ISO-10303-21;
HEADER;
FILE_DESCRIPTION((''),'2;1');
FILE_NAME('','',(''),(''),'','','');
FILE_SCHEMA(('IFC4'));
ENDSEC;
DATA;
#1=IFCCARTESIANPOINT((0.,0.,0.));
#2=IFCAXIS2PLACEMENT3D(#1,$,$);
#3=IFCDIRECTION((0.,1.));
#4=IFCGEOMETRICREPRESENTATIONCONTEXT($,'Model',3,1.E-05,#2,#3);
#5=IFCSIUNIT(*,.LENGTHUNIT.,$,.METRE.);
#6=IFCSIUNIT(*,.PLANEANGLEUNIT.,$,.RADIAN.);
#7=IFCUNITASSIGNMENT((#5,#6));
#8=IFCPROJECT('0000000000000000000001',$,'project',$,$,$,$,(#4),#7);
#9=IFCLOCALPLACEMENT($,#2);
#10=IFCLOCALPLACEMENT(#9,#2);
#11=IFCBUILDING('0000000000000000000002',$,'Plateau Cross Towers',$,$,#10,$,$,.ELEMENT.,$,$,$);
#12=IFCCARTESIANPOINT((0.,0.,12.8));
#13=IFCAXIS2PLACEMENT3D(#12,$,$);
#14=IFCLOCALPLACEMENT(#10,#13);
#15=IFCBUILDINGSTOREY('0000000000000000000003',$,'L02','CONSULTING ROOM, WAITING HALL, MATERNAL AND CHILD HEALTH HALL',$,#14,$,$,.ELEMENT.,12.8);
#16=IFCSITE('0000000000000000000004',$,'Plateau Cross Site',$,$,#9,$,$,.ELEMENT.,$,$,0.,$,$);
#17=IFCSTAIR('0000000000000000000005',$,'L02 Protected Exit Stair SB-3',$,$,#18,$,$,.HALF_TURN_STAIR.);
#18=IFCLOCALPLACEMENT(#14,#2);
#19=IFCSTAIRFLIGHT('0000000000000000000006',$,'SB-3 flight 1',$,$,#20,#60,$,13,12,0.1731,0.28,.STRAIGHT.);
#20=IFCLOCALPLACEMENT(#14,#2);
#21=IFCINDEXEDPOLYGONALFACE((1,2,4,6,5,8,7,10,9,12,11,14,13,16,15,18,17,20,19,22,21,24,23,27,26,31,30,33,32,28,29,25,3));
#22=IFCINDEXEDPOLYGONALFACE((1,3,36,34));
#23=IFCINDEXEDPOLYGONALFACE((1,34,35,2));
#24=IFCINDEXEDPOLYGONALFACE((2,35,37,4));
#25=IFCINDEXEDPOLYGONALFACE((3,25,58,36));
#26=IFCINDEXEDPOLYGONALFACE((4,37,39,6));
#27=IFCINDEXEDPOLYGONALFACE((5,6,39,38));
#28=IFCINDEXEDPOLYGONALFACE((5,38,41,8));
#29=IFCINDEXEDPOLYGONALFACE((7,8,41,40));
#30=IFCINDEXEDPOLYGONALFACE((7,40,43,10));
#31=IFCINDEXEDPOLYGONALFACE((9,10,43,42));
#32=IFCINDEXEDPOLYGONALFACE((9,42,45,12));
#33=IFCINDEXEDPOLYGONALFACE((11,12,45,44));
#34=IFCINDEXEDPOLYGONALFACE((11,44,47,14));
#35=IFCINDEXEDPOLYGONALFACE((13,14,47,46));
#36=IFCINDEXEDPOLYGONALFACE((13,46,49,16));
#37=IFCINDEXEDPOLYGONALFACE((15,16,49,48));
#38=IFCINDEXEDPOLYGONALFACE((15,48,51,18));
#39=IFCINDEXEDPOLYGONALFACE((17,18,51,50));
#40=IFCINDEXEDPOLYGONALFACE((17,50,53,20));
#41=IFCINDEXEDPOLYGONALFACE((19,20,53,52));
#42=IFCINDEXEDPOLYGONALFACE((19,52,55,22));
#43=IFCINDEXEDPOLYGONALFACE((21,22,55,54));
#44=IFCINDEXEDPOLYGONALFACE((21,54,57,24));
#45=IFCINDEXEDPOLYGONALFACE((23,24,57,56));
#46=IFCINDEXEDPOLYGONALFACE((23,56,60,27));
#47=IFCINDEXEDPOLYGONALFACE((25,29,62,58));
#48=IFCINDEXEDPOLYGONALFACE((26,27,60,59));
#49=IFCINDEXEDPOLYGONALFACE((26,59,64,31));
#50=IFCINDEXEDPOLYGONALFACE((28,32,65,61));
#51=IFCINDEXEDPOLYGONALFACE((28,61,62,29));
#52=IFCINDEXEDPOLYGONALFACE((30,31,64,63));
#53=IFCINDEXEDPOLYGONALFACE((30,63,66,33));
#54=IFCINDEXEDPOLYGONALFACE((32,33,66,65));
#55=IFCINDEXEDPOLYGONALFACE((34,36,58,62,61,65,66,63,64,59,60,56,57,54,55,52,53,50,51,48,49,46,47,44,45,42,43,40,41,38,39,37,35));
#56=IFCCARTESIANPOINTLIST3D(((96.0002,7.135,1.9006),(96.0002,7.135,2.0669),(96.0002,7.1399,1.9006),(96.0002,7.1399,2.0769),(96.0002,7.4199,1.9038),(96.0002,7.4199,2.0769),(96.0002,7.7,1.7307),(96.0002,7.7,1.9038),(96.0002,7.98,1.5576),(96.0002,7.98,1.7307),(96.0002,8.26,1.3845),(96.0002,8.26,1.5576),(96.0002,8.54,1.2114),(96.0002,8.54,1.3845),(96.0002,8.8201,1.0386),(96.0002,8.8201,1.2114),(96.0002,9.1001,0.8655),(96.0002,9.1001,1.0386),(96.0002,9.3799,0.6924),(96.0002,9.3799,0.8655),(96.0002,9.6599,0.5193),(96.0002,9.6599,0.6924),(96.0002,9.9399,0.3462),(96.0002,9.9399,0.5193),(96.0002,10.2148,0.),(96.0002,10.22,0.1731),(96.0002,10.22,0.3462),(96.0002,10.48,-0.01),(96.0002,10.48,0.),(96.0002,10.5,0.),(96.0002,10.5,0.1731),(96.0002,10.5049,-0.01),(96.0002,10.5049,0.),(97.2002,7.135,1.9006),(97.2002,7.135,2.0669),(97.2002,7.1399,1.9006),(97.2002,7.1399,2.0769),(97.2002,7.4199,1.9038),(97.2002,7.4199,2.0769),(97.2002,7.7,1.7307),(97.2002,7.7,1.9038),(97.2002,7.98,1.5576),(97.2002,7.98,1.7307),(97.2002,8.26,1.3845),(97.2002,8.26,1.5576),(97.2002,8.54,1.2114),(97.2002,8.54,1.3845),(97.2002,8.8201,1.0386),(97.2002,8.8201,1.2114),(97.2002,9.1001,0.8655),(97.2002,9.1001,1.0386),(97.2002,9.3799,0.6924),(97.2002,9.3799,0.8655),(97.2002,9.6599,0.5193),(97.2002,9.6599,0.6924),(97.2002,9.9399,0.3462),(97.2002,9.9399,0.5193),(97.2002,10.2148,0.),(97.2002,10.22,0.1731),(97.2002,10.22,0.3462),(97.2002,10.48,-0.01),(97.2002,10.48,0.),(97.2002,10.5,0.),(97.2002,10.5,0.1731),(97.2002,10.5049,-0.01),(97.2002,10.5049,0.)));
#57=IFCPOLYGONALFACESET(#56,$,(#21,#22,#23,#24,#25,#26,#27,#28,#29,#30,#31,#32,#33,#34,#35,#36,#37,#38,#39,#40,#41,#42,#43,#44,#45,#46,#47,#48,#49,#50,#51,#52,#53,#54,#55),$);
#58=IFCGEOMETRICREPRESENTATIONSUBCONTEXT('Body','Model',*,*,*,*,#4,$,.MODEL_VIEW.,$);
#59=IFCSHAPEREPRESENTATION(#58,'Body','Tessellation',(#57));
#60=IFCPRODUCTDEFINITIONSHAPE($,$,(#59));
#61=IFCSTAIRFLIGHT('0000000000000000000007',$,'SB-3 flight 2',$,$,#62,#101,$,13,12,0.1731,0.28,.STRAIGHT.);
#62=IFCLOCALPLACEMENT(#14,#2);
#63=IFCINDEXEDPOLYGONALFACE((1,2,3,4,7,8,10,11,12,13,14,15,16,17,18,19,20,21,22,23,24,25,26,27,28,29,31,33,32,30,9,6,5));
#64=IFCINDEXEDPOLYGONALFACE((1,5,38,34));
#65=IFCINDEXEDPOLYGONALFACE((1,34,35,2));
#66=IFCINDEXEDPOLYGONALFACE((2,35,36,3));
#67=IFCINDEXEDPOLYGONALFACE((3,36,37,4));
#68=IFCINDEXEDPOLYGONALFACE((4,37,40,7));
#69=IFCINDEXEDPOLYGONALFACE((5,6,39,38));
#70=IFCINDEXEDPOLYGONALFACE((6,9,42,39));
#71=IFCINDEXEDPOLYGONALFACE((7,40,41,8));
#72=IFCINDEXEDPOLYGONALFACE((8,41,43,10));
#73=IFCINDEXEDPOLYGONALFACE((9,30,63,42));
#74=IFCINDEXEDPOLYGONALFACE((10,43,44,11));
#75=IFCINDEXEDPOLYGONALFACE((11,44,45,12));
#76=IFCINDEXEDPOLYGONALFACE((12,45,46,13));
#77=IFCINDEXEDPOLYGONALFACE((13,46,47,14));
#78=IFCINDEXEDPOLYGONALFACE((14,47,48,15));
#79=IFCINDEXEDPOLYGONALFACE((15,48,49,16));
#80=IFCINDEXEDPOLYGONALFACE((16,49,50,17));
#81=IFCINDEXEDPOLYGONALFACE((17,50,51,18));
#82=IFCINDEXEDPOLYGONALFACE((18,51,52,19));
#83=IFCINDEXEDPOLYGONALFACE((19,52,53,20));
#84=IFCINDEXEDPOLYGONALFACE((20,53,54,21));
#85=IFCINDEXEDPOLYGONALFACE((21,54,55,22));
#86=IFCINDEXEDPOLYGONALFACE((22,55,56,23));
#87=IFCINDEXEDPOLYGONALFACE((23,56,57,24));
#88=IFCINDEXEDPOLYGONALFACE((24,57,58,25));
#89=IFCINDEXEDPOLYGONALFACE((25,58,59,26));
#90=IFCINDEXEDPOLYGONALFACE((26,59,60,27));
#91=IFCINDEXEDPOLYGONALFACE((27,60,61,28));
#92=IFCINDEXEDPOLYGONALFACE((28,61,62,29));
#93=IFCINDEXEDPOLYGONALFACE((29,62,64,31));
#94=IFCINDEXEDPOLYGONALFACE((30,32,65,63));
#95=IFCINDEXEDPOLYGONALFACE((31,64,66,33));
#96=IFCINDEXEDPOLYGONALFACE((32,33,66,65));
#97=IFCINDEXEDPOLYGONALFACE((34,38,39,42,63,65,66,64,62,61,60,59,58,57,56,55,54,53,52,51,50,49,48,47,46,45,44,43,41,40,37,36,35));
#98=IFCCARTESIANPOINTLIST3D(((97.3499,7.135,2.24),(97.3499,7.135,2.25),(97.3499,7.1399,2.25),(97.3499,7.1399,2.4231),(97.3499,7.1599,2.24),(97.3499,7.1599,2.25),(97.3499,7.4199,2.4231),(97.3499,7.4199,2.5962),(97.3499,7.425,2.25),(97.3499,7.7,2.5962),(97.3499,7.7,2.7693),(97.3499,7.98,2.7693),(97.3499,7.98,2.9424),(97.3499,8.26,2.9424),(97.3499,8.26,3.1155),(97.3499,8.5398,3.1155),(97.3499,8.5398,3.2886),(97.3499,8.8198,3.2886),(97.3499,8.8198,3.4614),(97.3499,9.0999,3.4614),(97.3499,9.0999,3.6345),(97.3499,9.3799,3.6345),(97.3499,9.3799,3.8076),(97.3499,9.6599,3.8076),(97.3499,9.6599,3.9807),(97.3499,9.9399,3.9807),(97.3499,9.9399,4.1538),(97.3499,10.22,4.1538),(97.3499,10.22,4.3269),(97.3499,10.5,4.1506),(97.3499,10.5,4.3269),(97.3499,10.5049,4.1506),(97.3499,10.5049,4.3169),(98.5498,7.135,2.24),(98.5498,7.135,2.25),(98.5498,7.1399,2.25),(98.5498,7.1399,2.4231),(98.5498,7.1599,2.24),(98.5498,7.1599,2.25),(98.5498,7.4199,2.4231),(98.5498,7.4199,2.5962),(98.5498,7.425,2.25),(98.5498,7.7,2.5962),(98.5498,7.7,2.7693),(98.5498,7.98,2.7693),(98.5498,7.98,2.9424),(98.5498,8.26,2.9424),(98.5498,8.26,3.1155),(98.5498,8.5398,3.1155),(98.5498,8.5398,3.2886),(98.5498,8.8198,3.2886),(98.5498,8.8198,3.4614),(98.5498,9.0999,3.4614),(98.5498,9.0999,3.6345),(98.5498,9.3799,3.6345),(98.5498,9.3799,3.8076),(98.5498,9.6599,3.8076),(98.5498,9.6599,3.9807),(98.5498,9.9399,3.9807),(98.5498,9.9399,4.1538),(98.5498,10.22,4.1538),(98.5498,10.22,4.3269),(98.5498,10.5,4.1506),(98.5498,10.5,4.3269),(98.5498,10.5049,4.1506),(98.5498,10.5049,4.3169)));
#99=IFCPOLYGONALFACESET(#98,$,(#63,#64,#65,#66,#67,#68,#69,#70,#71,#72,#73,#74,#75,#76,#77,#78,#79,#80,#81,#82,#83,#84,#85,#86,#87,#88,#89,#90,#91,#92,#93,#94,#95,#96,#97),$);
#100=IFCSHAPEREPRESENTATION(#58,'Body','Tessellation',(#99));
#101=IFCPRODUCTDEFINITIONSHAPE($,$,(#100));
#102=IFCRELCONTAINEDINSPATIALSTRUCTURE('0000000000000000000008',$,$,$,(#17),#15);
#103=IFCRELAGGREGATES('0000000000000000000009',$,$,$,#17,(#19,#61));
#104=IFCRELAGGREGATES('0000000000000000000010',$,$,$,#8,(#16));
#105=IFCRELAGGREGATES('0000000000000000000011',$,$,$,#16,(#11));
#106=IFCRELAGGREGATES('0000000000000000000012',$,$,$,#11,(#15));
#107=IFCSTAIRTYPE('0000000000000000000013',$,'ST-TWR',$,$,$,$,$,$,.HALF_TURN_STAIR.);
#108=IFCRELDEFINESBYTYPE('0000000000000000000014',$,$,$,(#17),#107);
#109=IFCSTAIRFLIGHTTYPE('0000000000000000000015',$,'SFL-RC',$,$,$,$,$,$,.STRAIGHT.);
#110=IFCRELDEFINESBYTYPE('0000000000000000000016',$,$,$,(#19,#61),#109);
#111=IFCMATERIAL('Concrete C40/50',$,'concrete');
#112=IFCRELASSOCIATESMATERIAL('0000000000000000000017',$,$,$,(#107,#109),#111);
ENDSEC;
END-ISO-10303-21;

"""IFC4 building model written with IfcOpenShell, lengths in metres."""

from ifc_helpers import new_model, si_unit, direction, frame, origin, place, context, subcontext, project, spatial, polyline, outline, extrude, material, type_object, element, aggregate, save


model = new_model("IFC4")

# Units and contexts
model_context = context("Model", 3, precision=1e-05, world=origin(), true_north=direction((0.0, 1.0)))
body_context = subcontext(model_context, "Body", "Model", "MODEL_VIEW")
ifc_project = project(units=[si_unit("LENGTHUNIT", "METRE"), si_unit("PLANEANGLEUNIT", "RADIAN")], contexts=[model_context])

# Site, building, storey
site_placement = place(None, origin())
site = spatial("IfcSite", under=ifc_project, at=site_placement, Name="Plateau Cross Site", CompositionType="ELEMENT", RefElevation=0.0)
building_placement = place(site_placement, origin())
building = spatial("IfcBuilding", under=site, at=building_placement, Name="Plateau Cross Towers", CompositionType="ELEMENT")
storey_placement = place(building_placement, frame((0.0, 0.0, 12.8)))
storey = spatial("IfcBuildingStorey", under=building, at=storey_placement, Name="L02", Description="CONSULTING ROOM, WAITING HALL, MATERNAL AND CHILD HEALTH HALL", CompositionType="ELEMENT", Elevation=12.8)

# Stair, stair flights
ifc_material_1 = material(Name="Concrete C40/50", Category="concrete")
stair_type = type_object("IfcStairType", Name="ST-TWR", PredefinedType="HALF_TURN_STAIR", material=ifc_material_1)
stair_placement = place(storey_placement, origin())
stair = element("IfcStair", 1, at=stair_placement, inside=storey, type_object=stair_type, Name="L02 Protected Exit Stair SB-3", PredefinedType="HALF_TURN_STAIR")
stair_flight_type = type_object("IfcStairFlightType", Name="SFL-RC", PredefinedType="STRAIGHT", material=ifc_material_1)
stair_flight_1_placement = place(storey_placement, frame((96.6001, 10.5, 0.0), z_axis=(0.0, 0.0, 1.0), x_axis=(0.0, -1.0, 0.0)))
stair_flight_1 = element("IfcStairFlight", 2, at=stair_flight_1_placement, type_object=stair_flight_type, Name="SB-3 flight 1", NumberOfRisers=13, NumberOfTreads=12, PredefinedType="STRAIGHT", RiserHeight=0.1731, TreadLength=0.28, context=body_context, shape_type="SweptSolid", body=[
    extrude(outline(polyline([(-0.0049, -0.01), (-0.0049, 0.0), (0.0, 0.0), (0.0, 0.1731), (0.28, 0.1731), (0.28, 0.3462), (0.5601, 0.3462), (0.5601, 0.5193), (0.8401, 0.5193), (0.8401, 0.6924), (1.1201, 0.6924), (1.1201, 0.8655), (1.3999, 0.8655), (1.3999, 1.0386), (1.6799, 1.0386), (1.6799, 1.2114), (1.96, 1.2114), (1.96, 1.3845), (2.24, 1.3845), (2.24, 1.5576), (2.52, 1.5576), (2.52, 1.7307), (2.8, 1.7307), (2.8, 1.9038), (3.0801, 1.9038), (3.0801, 2.0769), (3.3601, 2.0769), (3.365, 2.0669), (3.365, 1.9006), (3.3601, 1.9006), (0.2852, 0.0), (0.02, 0.0), (0.02, -0.01), (-0.0049, -0.01)])), frame((0.0, 0.6001, 0.0), z_axis=(0.0, -1.0, 0.0), x_axis=(1.0, 0.0, 0.0)), (0.0, 0.0, 1.0), 1.2),
])
stair_flight_2_placement = place(storey_placement, frame((97.95, 7.1399, 2.25), z_axis=(0.0, 0.0, 1.0), x_axis=(0.0, 1.0, 0.0)))
stair_flight_2 = element("IfcStairFlight", 3, at=stair_flight_2_placement, type_object=stair_flight_type, Name="SB-3 flight 2", NumberOfRisers=13, NumberOfTreads=12, PredefinedType="STRAIGHT", RiserHeight=0.1731, TreadLength=0.28, context=body_context, shape_type="SweptSolid", body=[
    extrude(outline(polyline([(-0.0049, -0.01), (-0.0049, 0.0), (0.0, 0.0), (0.0, 0.1731), (0.28, 0.1731), (0.28, 0.3462), (0.5601, 0.3462), (0.5601, 0.5193), (0.8401, 0.5193), (0.8401, 0.6924), (1.1201, 0.6924), (1.1201, 0.8655), (1.3999, 0.8655), (1.3999, 1.0386), (1.6799, 1.0386), (1.6799, 1.2114), (1.96, 1.2114), (1.96, 1.3845), (2.24, 1.3845), (2.24, 1.5576), (2.52, 1.5576), (2.52, 1.7307), (2.8, 1.7307), (2.8, 1.9038), (3.0801, 1.9038), (3.0801, 2.0769), (3.3601, 2.0769), (3.365, 2.0669), (3.365, 1.9006), (3.3601, 1.9006), (0.2852, 0.0), (0.02, 0.0), (0.02, -0.01), (-0.0049, -0.01)])), frame((0.0, 0.6001, 0.0), z_axis=(0.0, -1.0, 0.0), x_axis=(1.0, 0.0, 0.0)), (0.0, 0.0, 1.0), 1.2),
])
aggregate(stair, [stair_flight_1, stair_flight_2])

save(model, "model.ifc")
